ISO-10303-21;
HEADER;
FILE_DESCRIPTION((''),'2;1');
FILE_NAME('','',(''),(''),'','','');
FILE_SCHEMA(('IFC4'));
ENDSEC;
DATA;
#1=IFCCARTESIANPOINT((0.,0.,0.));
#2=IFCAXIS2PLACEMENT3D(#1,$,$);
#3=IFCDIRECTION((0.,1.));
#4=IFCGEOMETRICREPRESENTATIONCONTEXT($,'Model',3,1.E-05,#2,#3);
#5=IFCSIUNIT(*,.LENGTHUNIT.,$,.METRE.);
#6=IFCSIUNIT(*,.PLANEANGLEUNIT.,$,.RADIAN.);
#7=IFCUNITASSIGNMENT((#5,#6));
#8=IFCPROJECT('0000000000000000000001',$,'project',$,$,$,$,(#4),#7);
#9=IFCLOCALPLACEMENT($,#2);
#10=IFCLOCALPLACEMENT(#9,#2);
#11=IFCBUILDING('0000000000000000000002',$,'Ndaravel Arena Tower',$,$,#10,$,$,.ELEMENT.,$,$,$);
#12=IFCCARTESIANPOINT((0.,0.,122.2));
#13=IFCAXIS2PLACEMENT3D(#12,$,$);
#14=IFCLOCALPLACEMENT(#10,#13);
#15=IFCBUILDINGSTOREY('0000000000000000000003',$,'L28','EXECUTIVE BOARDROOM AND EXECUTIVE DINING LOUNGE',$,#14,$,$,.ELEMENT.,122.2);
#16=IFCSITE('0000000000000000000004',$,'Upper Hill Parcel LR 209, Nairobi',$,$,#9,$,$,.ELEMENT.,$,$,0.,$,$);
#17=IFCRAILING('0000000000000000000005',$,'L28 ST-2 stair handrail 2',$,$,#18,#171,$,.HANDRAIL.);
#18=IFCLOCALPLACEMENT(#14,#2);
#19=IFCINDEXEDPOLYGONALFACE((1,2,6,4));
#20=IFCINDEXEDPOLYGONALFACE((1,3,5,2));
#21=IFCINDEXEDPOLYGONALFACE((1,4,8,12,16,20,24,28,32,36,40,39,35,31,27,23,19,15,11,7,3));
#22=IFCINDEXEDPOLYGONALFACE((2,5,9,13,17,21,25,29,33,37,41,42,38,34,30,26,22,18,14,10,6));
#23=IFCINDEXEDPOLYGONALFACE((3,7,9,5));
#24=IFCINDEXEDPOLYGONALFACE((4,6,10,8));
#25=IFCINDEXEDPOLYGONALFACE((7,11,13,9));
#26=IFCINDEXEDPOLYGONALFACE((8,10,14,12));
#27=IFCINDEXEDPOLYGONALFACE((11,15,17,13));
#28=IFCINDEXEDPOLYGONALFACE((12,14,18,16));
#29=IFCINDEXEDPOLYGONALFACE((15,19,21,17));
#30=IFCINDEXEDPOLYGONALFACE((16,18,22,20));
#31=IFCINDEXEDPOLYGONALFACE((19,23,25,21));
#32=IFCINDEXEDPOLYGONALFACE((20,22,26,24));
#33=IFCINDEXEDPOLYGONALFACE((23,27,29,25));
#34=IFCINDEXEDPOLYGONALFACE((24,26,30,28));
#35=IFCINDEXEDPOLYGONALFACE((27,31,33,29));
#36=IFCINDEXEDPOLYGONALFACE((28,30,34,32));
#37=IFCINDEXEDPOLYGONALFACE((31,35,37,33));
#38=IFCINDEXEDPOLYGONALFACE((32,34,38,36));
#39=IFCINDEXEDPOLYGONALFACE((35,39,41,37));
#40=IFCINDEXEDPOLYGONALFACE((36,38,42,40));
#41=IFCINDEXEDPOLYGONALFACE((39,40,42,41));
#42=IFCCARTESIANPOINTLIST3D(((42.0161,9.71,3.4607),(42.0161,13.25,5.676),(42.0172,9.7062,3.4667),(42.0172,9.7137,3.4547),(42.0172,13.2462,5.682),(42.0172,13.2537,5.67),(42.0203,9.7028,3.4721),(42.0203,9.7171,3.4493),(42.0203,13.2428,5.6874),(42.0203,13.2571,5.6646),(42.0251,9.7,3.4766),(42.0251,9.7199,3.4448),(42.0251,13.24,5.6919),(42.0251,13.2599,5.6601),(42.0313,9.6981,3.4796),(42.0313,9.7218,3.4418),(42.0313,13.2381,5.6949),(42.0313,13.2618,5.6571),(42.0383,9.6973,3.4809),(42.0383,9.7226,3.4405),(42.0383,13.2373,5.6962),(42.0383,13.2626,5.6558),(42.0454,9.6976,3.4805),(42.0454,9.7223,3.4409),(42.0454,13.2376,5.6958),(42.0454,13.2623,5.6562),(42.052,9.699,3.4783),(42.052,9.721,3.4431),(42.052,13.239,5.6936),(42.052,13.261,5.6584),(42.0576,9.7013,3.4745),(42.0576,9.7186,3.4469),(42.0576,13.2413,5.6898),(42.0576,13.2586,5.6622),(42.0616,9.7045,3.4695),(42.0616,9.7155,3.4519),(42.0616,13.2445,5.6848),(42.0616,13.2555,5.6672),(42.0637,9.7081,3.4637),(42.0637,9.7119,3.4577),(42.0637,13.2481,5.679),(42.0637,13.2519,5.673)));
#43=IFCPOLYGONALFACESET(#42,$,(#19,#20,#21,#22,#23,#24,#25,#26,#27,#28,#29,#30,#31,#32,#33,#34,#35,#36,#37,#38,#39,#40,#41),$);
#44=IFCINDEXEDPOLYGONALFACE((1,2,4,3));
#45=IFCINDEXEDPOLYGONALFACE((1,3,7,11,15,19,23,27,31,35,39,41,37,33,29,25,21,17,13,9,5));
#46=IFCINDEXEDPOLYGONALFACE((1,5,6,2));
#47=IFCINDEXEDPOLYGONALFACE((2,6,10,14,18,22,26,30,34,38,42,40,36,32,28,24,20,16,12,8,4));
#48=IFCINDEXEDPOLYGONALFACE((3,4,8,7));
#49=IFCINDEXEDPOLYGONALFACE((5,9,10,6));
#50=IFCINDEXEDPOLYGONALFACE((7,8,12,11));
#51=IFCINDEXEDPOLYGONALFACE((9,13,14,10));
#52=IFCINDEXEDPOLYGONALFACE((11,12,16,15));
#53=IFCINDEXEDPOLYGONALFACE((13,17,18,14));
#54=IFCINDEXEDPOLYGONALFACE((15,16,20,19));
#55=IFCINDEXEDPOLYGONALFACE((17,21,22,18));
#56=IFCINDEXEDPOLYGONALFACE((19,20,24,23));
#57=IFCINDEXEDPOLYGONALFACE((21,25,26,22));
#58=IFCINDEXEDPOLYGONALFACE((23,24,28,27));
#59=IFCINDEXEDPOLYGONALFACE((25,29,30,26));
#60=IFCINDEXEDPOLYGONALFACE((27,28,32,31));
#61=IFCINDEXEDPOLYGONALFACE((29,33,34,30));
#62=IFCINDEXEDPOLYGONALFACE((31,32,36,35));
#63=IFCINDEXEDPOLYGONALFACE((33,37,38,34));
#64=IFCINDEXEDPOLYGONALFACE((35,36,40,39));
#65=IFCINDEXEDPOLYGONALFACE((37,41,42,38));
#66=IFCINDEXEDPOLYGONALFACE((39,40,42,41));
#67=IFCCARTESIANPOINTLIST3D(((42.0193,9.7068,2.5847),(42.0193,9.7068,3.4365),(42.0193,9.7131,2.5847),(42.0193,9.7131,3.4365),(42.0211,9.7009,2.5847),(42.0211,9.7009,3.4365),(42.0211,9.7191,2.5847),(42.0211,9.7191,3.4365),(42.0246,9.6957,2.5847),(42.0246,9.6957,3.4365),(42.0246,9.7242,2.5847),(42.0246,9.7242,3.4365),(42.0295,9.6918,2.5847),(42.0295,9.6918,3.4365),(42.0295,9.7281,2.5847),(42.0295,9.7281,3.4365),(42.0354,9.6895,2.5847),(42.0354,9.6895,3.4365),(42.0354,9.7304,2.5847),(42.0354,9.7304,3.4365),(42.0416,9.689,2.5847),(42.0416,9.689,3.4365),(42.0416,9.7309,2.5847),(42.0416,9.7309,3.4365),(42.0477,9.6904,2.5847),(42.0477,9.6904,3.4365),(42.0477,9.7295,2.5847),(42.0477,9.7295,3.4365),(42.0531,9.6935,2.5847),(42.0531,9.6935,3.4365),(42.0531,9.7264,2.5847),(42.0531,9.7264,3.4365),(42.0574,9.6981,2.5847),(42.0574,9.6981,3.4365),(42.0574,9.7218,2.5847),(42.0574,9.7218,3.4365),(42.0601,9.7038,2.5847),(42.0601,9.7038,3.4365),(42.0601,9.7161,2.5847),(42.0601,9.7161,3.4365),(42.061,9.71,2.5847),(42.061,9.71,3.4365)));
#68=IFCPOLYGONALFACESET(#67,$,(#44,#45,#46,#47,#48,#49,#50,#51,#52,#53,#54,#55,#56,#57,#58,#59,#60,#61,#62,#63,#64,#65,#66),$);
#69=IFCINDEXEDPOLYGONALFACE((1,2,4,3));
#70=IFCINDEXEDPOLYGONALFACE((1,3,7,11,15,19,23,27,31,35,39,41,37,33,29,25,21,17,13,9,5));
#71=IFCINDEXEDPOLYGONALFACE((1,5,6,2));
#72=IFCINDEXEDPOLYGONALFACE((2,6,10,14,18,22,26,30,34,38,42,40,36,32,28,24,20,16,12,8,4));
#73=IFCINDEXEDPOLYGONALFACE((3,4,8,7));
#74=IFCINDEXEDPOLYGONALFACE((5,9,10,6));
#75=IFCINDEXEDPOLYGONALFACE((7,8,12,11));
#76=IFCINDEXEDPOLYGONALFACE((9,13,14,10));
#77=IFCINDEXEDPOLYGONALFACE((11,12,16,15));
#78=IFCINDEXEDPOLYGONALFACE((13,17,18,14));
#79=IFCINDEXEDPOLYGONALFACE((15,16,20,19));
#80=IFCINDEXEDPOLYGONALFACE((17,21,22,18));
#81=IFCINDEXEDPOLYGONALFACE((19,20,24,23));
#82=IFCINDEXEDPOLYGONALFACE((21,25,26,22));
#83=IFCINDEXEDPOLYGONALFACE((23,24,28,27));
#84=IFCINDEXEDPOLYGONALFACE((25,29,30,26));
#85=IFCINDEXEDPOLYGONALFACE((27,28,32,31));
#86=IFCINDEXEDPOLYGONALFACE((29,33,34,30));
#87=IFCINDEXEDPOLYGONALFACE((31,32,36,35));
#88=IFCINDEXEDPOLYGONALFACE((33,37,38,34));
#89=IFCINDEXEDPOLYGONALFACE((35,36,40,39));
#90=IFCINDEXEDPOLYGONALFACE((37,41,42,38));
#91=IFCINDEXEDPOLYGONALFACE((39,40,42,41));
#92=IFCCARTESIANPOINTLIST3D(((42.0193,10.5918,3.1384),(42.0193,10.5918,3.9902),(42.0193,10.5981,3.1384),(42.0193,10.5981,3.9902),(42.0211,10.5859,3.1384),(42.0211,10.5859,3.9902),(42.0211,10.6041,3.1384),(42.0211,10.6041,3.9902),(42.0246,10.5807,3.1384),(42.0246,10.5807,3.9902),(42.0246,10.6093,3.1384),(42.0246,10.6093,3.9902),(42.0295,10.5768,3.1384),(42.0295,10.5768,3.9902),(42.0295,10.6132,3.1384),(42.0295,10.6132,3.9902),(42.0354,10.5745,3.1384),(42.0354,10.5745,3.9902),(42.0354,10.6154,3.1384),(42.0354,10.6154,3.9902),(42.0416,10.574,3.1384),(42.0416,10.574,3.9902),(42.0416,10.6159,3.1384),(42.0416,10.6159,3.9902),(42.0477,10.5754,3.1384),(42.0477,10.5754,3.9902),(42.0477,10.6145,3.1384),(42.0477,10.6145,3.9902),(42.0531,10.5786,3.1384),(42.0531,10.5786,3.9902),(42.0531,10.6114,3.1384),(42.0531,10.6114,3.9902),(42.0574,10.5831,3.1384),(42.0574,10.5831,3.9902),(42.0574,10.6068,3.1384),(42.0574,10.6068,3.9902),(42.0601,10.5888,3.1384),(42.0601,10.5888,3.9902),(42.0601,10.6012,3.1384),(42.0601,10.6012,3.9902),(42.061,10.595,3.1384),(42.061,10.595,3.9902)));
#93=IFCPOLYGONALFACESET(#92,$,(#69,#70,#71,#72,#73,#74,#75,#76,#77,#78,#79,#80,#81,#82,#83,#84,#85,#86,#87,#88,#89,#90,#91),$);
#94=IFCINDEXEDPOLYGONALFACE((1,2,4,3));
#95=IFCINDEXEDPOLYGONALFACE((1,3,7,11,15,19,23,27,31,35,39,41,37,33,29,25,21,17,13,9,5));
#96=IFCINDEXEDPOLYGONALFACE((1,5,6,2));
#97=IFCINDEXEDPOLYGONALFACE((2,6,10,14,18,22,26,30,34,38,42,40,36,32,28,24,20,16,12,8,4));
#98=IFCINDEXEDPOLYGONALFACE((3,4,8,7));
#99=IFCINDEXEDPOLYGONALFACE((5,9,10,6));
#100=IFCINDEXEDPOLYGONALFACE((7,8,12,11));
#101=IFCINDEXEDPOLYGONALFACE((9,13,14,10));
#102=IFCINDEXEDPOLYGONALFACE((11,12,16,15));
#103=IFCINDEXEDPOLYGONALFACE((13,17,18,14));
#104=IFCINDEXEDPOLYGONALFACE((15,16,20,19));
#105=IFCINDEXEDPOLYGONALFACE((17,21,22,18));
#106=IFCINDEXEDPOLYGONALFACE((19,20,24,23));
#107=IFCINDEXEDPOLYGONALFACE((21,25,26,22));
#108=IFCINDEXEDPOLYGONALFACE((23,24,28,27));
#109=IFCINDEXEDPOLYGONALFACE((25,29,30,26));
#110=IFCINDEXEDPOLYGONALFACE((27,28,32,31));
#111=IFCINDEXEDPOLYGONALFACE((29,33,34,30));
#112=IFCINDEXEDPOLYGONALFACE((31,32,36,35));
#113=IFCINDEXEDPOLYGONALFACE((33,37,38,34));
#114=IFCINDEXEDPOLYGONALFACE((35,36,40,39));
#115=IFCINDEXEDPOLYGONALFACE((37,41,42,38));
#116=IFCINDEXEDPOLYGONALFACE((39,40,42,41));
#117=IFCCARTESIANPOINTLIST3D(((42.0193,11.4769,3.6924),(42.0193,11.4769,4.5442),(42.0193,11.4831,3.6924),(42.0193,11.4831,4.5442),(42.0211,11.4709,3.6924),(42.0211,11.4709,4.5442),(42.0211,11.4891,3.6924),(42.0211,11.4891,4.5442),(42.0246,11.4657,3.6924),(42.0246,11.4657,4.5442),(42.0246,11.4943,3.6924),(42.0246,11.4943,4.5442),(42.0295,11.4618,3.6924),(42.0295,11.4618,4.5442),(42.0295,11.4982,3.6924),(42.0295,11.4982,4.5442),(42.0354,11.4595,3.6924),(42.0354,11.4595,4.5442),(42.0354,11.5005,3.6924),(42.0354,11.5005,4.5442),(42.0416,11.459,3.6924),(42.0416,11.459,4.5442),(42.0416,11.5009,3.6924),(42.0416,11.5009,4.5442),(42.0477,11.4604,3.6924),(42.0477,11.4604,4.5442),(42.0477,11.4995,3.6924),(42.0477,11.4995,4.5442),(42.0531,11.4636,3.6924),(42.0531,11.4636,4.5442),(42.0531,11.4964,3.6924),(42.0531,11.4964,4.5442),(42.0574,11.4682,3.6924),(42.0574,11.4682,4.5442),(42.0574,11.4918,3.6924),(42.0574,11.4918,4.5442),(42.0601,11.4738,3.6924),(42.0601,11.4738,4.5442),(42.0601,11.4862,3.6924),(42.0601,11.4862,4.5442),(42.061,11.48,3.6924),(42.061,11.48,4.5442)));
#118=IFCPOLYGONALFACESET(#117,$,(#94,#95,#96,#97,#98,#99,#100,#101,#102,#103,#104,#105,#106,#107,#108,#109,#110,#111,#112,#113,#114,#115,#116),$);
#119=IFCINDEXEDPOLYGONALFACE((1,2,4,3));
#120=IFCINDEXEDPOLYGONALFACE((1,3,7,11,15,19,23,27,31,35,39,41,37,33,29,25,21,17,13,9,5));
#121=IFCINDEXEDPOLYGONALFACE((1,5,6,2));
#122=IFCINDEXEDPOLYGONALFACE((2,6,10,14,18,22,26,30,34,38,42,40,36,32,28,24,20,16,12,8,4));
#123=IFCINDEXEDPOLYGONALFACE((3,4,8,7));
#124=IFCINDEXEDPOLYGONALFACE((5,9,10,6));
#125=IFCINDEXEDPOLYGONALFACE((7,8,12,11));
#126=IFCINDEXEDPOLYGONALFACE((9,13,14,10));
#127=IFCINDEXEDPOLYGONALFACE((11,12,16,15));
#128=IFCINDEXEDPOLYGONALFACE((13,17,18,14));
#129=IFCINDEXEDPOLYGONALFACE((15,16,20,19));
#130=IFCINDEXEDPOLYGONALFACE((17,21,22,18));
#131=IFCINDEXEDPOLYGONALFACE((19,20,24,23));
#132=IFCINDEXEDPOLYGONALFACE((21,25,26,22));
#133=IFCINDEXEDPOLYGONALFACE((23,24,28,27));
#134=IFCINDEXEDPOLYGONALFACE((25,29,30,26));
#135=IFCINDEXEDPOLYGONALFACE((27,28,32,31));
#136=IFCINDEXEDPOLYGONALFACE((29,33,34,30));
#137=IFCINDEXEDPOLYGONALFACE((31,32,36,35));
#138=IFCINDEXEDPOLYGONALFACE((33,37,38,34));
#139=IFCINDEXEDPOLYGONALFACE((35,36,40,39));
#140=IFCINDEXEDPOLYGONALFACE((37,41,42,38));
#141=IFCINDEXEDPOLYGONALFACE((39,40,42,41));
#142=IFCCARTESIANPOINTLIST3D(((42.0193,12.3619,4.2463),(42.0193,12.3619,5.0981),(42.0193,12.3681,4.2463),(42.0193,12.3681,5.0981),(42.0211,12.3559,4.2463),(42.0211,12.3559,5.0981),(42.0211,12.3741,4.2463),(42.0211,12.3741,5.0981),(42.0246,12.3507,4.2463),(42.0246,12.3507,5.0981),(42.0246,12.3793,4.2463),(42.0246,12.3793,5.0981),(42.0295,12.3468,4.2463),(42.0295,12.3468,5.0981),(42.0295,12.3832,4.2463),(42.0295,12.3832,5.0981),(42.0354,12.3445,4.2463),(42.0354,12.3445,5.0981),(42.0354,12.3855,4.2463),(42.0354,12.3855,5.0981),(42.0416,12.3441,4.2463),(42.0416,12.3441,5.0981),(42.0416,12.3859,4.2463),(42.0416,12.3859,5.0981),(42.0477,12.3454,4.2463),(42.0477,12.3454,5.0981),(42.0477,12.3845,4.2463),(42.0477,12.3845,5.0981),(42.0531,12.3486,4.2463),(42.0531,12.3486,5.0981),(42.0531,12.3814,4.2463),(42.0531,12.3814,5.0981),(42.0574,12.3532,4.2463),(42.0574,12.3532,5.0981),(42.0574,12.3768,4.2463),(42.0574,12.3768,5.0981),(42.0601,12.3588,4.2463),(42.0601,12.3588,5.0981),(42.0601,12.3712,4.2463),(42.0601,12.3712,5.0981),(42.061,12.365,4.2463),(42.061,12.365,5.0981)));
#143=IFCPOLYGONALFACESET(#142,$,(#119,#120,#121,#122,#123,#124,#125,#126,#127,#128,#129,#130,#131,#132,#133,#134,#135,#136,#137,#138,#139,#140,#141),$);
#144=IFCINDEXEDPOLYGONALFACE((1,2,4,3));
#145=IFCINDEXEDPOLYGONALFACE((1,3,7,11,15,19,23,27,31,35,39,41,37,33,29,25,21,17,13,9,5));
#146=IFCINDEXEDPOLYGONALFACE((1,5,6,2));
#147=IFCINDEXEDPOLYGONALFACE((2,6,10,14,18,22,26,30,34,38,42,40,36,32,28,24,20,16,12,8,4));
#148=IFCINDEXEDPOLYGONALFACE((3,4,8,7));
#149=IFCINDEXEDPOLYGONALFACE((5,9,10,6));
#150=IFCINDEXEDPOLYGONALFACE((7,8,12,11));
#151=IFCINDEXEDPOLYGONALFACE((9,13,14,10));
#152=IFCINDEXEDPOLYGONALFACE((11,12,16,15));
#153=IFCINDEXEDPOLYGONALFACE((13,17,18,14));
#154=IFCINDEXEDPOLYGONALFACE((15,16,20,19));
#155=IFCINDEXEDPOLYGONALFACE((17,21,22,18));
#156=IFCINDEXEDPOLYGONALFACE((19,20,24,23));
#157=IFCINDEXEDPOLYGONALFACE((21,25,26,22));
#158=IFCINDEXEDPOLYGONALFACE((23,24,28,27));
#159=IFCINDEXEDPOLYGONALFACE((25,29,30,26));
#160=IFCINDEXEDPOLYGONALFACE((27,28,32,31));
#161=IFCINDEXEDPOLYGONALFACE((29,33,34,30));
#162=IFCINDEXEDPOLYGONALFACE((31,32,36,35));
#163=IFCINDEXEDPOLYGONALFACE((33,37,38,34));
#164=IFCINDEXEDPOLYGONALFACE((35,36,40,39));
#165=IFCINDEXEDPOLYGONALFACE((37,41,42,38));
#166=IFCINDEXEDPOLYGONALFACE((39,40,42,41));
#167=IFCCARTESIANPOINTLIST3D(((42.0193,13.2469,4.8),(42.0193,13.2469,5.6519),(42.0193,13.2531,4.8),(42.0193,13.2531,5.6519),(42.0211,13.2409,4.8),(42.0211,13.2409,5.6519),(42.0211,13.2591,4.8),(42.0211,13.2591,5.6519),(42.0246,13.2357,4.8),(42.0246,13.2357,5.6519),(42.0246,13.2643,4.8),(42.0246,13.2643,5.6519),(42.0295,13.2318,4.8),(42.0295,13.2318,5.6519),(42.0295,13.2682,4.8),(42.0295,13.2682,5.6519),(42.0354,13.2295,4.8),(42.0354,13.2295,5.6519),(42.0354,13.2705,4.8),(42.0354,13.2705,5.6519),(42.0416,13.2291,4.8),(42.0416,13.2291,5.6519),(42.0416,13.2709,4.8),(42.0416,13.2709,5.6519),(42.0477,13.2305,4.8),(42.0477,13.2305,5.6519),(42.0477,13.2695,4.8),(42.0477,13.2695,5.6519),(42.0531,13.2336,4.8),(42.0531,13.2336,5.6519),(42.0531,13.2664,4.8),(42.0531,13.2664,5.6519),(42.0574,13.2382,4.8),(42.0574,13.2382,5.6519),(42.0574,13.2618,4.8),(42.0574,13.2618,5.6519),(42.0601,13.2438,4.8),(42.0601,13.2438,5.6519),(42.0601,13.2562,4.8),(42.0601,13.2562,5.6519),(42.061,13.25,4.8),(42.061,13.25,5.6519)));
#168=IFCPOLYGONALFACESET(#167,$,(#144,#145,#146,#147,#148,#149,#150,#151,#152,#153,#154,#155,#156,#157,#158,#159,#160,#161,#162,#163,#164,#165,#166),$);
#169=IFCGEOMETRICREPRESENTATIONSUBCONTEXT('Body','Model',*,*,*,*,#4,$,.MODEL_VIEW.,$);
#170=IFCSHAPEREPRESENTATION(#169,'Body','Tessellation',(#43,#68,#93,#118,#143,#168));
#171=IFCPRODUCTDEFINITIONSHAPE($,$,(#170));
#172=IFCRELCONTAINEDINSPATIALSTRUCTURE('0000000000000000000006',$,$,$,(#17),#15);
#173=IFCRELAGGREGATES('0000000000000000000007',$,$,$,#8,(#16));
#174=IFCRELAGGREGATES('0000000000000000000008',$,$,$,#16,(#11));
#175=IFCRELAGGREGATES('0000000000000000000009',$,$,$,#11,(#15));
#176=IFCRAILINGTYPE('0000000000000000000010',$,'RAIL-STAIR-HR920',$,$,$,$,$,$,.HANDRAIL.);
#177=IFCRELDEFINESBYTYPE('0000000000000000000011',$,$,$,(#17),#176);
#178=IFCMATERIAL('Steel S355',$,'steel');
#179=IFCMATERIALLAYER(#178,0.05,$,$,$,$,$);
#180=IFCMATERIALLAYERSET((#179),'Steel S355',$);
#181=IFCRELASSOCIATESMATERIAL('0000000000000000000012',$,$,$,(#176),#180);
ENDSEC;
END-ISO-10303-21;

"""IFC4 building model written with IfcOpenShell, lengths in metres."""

from ifc_helpers import new_model, si_unit, direction, frame, origin, origin_2d, place, context, subcontext, project, spatial, circle, extrude, material, layer, layer_set, type_object, element, save


model = new_model("IFC4")

# Units and contexts
model_context = context("Model", 3, precision=1e-05, world=origin(), true_north=direction((0.0, 1.0)))
body_context = subcontext(model_context, "Body", "Model", "MODEL_VIEW")
ifc_project = project(units=[si_unit("LENGTHUNIT", "METRE"), si_unit("PLANEANGLEUNIT", "RADIAN")], contexts=[model_context])

# Site, building, storey
site_placement = place(None, origin())
site = spatial("IfcSite", under=ifc_project, at=site_placement, Name="Upper Hill Parcel LR 209, Nairobi", CompositionType="ELEMENT", RefElevation=0.0)
building_placement = place(site_placement, origin())
building = spatial("IfcBuilding", under=site, at=building_placement, Name="Ndaravel Arena Tower", CompositionType="ELEMENT")
storey_placement = place(building_placement, frame((0.0, 0.0, 122.2)))
storey = spatial("IfcBuildingStorey", under=building, at=storey_placement, Name="L28", Description="EXECUTIVE BOARDROOM AND EXECUTIVE DINING LOUNGE", CompositionType="ELEMENT", Elevation=122.2)

# Railing
ifc_material_1 = material(Name="Steel S355", Category="steel")
ifc_layer_1 = layer(ifc_material_1, 0.05)
ifc_layer_set_1 = layer_set([ifc_layer_1], Name="Steel S355")
railing_type_1 = type_object("IfcRailingType", Name="RAIL-STAIR-HR920", PredefinedType="HANDRAIL", material=ifc_layer_set_1)
railing_1_placement = place(storey_placement, frame((42.04, 9.71, 2.5847)))
element("IfcRailing", 1, at=railing_1_placement, inside=storey, type_object=railing_type_1, Name="L28 ST-2 stair handrail 2", PredefinedType="HANDRAIL", context=body_context, shape_type="SweptSolid", body=[
    extrude(circle(Radius=0.0239, at=origin_2d()), frame((0.0, 0.0, 0.876), z_axis=(0.0, 0.847696, 0.530482), x_axis=(-1.0, 0.0, 0.0)), (0.0, 0.0, 1.0), 4.176),
    extrude(circle(Radius=0.021, at=origin_2d()), origin(), (0.0, 0.0, 1.0), 0.8518),
    extrude(circle(Radius=0.021, at=origin_2d()), frame((0.0, 0.885, 0.5537)), (0.0, 0.0, 1.0), 0.8518),
    extrude(circle(Radius=0.021, at=origin_2d()), frame((0.0, 1.77, 1.1077)), (0.0, 0.0, 1.0), 0.8518),
    extrude(circle(Radius=0.021, at=origin_2d()), frame((0.0, 2.655, 1.6616)), (0.0, 0.0, 1.0), 0.8518),
    extrude(circle(Radius=0.021, at=origin_2d()), frame((0.0, 3.54, 2.2153)), (0.0, 0.0, 1.0), 0.8518),
])

save(model, "model.ifc")
